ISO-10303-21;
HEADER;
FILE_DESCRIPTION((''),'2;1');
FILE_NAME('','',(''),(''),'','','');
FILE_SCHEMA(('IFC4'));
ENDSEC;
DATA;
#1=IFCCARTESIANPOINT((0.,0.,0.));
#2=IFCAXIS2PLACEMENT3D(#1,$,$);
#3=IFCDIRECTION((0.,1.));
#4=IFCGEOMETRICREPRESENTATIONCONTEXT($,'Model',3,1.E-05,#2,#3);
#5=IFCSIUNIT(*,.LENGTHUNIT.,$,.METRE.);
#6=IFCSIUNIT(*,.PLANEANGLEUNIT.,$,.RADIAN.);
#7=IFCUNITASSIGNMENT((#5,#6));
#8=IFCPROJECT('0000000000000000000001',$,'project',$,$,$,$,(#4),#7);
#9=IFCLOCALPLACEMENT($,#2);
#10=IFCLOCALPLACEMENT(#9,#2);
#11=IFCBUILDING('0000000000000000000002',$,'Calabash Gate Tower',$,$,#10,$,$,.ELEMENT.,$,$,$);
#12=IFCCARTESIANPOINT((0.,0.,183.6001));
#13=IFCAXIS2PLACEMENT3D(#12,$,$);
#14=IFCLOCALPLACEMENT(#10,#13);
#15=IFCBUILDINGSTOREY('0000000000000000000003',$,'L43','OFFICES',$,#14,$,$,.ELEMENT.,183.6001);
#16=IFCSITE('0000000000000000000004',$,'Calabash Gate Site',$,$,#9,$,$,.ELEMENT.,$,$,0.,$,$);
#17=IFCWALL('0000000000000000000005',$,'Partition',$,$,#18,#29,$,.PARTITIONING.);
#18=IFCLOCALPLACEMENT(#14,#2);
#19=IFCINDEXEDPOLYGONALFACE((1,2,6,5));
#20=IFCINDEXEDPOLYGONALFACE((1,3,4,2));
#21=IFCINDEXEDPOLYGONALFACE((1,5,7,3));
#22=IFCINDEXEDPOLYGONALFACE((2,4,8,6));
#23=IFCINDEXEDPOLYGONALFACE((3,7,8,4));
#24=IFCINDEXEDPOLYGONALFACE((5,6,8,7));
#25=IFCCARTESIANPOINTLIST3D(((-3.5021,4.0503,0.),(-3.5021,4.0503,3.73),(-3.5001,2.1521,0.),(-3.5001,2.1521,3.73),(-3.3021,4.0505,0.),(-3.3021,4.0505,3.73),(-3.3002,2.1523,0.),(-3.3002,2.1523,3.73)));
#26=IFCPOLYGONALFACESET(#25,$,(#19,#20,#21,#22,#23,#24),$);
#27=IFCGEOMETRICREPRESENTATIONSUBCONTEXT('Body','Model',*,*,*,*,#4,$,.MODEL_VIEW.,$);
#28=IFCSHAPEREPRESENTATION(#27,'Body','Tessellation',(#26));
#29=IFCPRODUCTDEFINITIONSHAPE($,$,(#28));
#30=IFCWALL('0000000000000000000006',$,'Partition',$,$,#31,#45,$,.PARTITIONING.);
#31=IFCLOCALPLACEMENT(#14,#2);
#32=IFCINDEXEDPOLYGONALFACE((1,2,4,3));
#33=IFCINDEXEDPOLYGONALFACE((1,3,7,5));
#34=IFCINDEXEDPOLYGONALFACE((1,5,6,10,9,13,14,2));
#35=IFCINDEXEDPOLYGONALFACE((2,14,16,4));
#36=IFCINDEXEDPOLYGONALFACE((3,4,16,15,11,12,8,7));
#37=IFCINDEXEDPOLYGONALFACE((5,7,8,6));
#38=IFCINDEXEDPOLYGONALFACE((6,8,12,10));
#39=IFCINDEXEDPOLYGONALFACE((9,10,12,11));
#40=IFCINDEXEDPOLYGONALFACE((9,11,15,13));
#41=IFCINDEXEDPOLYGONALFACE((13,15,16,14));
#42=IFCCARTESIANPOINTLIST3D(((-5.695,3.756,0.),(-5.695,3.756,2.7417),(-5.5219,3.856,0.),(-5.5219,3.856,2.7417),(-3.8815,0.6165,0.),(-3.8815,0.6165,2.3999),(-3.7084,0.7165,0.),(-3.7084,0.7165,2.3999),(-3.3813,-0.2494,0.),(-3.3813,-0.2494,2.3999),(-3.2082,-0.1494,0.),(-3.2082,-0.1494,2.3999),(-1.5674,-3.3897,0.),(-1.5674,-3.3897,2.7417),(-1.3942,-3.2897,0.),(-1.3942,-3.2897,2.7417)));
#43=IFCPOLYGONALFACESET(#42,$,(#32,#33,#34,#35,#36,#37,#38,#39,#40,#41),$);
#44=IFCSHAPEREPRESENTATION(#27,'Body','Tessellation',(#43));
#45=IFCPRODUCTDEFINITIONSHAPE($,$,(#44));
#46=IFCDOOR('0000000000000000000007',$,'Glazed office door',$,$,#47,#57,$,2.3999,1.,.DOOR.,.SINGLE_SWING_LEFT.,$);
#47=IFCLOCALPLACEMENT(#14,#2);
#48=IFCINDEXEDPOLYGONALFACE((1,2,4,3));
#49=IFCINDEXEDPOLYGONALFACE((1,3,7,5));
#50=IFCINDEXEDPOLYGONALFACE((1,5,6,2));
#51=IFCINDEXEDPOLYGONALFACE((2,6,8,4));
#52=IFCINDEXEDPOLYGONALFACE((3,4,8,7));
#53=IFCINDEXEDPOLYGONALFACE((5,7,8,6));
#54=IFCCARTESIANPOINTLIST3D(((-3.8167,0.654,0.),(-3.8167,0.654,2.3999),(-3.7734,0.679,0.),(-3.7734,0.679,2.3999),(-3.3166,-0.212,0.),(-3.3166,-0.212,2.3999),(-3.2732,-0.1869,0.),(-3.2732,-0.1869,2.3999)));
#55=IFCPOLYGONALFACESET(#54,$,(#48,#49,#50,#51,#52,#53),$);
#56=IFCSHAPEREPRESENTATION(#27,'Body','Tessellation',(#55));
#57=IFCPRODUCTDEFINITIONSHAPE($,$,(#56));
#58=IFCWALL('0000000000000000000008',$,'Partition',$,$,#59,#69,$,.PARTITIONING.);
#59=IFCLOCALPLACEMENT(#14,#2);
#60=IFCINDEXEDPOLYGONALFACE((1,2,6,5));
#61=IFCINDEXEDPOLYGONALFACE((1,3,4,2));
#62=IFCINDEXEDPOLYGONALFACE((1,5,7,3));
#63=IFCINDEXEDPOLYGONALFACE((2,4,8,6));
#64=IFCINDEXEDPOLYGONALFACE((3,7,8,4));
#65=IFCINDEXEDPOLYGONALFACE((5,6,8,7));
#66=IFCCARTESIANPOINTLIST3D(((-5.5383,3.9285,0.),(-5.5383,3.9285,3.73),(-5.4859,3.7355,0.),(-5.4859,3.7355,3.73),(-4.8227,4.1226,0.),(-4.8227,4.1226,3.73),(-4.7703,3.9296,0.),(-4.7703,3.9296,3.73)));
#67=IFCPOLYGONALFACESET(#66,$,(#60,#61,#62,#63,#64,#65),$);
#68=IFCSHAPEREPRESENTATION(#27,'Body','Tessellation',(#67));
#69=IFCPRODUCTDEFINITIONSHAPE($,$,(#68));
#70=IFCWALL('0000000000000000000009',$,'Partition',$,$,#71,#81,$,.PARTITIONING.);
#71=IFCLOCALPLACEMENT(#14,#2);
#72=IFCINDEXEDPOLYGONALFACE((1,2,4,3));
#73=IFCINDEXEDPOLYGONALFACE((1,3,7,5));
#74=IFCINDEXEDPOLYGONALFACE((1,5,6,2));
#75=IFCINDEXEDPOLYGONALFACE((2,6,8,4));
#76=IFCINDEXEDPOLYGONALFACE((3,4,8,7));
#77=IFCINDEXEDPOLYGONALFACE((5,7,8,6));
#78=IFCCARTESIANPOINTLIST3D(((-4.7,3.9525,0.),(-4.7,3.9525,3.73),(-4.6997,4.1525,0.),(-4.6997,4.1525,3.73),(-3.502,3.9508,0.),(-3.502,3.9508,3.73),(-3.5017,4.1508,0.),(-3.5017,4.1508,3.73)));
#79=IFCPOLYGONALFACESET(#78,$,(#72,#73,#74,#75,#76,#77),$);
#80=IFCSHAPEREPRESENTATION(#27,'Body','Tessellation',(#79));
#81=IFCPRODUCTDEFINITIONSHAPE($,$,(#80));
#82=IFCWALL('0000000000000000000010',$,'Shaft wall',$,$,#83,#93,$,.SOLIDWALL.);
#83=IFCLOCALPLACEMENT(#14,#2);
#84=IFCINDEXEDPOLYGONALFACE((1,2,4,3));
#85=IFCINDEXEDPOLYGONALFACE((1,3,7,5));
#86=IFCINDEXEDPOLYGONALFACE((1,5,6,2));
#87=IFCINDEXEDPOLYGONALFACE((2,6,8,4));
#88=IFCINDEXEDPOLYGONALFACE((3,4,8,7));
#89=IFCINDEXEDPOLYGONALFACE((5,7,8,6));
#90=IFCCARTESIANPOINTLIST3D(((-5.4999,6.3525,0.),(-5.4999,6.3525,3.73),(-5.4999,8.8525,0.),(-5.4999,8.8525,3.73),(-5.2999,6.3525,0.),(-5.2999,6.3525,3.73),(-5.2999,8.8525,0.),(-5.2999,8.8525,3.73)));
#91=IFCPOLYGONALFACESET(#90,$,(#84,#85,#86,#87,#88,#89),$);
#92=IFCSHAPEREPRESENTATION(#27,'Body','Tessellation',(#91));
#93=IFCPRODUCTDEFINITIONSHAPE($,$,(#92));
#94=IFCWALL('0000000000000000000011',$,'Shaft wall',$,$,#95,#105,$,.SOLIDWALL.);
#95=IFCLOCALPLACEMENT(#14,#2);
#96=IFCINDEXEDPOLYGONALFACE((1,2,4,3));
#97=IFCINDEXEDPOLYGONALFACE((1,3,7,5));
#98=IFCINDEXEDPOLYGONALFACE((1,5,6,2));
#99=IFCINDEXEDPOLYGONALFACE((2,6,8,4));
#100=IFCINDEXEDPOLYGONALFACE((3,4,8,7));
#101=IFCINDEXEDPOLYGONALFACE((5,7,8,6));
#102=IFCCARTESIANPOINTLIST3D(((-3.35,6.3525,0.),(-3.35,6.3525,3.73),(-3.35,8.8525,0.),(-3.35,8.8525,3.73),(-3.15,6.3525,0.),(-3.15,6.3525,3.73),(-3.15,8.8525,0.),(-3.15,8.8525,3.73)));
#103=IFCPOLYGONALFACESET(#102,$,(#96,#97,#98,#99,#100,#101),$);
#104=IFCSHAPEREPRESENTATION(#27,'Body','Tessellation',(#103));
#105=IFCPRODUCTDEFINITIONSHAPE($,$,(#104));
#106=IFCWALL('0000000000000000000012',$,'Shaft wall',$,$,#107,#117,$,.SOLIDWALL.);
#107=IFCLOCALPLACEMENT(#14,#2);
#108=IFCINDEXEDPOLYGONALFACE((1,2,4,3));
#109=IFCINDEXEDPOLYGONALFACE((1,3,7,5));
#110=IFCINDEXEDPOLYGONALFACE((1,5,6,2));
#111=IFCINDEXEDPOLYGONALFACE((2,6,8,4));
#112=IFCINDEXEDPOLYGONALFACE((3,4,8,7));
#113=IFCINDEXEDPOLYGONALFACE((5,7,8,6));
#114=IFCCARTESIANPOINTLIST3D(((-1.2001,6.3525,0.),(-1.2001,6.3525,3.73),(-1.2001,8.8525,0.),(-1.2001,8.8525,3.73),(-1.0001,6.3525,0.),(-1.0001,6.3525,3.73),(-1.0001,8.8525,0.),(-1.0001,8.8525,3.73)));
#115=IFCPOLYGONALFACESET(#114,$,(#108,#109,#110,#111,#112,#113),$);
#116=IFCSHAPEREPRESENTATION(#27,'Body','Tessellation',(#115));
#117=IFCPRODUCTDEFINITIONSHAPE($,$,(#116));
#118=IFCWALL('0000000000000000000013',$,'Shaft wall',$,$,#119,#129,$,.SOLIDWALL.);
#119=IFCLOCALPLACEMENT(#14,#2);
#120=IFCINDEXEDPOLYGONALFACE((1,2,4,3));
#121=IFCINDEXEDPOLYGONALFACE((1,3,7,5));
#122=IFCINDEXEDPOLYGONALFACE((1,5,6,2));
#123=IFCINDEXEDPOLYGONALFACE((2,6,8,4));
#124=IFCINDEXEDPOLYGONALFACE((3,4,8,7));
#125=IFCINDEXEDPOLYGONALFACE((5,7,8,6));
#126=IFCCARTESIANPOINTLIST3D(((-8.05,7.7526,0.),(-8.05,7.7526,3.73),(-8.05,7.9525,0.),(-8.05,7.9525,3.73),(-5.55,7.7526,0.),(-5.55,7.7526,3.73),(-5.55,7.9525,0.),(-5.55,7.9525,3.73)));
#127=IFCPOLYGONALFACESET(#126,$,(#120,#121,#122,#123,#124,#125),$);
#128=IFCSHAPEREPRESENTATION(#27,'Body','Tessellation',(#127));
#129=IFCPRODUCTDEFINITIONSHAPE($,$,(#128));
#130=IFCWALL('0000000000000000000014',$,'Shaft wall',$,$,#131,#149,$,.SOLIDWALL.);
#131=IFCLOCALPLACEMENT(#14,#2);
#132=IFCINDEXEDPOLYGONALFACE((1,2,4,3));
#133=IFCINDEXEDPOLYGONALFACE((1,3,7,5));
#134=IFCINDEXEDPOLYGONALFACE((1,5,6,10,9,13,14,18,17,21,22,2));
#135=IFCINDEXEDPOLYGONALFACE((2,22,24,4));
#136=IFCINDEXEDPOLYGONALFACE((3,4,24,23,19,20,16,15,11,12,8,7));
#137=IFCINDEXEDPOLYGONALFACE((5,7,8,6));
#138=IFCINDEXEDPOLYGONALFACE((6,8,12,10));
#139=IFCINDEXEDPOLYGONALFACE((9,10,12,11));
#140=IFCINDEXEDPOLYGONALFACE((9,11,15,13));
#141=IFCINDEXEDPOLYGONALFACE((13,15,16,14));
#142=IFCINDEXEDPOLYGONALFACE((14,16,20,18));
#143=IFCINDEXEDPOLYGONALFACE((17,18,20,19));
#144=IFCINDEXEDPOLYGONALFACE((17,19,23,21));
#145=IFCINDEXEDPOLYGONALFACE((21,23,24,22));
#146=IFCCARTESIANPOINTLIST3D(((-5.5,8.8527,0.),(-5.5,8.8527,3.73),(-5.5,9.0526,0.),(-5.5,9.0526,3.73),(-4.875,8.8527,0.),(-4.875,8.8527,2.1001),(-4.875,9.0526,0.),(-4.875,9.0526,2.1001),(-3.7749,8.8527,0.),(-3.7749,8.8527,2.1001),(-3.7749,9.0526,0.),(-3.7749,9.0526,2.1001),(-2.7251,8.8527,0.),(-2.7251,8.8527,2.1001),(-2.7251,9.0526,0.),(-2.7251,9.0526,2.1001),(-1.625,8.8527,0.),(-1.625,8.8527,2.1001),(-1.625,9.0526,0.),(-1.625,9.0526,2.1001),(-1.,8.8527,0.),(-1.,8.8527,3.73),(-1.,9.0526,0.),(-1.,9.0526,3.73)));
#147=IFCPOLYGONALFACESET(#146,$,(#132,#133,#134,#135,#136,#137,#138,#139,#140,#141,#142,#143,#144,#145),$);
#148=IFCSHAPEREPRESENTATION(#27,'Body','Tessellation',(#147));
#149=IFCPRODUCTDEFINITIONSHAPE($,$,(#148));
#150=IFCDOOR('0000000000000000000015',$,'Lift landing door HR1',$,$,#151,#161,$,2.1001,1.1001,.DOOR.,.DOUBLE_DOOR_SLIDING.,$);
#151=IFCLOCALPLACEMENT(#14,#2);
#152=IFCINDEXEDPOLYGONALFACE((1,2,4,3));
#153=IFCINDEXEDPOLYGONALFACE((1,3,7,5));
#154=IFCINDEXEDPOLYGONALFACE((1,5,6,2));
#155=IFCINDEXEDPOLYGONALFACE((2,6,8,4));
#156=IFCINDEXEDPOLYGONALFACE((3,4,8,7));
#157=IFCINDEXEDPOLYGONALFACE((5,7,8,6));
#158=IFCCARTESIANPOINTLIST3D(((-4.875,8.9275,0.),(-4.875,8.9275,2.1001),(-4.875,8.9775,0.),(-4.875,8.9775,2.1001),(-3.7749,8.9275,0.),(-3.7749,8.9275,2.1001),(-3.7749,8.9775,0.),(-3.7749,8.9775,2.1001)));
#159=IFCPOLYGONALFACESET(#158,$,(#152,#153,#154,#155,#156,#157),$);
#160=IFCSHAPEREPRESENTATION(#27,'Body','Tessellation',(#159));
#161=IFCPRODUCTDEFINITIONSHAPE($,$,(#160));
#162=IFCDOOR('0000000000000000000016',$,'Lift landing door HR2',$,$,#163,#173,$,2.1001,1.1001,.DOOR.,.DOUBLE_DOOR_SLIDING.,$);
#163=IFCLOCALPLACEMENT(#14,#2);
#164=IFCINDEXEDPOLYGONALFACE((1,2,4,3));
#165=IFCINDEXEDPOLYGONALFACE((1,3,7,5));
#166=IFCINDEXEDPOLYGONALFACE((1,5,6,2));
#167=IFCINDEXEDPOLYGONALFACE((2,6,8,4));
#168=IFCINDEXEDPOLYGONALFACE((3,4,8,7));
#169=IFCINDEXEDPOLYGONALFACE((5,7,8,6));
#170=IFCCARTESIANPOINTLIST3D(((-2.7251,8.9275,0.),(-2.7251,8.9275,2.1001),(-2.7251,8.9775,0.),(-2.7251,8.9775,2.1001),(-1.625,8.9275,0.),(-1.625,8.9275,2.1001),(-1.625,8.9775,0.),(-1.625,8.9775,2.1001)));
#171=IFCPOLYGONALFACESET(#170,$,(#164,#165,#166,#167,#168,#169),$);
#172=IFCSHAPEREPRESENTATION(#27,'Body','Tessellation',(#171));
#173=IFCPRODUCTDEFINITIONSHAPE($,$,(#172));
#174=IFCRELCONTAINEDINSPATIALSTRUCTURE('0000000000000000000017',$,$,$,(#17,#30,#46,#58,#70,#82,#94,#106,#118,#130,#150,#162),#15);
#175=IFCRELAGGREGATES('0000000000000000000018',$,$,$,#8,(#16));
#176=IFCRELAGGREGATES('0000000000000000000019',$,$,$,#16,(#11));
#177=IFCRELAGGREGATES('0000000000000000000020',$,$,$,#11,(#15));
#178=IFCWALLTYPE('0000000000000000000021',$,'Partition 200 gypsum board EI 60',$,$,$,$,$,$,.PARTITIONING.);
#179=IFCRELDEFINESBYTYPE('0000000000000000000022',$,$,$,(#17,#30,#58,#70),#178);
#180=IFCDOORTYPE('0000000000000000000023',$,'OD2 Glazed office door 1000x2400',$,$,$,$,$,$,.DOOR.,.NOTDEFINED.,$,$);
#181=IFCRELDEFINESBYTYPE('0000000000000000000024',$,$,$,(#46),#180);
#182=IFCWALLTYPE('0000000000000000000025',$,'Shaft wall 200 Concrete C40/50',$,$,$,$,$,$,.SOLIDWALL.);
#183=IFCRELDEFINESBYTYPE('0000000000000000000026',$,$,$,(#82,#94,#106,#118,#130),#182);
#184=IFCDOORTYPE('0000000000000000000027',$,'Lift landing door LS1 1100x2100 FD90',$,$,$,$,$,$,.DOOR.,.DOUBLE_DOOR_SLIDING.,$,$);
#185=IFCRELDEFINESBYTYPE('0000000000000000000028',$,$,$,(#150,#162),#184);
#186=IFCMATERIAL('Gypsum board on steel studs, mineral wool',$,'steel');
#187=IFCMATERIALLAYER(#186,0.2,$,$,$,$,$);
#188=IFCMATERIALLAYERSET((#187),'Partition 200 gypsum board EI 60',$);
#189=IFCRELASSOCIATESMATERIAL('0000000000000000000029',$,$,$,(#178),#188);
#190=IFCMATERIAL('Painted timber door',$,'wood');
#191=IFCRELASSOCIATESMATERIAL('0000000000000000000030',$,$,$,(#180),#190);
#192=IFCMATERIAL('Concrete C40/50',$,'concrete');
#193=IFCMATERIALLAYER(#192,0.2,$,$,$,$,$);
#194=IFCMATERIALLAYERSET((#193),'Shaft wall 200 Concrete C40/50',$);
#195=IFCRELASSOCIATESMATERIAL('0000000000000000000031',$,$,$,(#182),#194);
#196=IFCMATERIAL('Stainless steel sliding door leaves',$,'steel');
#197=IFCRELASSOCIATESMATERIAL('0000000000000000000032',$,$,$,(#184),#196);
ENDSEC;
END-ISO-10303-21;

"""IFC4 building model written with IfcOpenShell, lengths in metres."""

from ifc_helpers import new_model, si_unit, direction, frame, frame_2d, origin, place, context, subcontext, project, spatial, rectangle, extrude, material, layer, layer_set, type_object, element, fill, save


model = new_model("IFC4")

# Units and contexts
model_context = context("Model", 3, precision=1e-05, world=origin(), true_north=direction((0.0, 1.0)))
body_context = subcontext(model_context, "Body", "Model", "MODEL_VIEW")
ifc_project = project(units=[si_unit("LENGTHUNIT", "METRE"), si_unit("PLANEANGLEUNIT", "RADIAN")], contexts=[model_context])

# Site, building, storey
site_placement = place(None, origin())
site = spatial("IfcSite", under=ifc_project, at=site_placement, Name="Calabash Gate Site", CompositionType="ELEMENT", RefElevation=0.0)
building_placement = place(site_placement, origin())
building = spatial("IfcBuilding", under=site, at=building_placement, Name="Calabash Gate Tower", CompositionType="ELEMENT")
storey_placement = place(building_placement, frame((0.0, 0.0, 183.6001)))
storey = spatial("IfcBuildingStorey", under=building, at=storey_placement, Name="L43", Description="OFFICES", CompositionType="ELEMENT", Elevation=183.6001)

# Wall
ifc_material_1 = material(Name="Gypsum board on steel studs, mineral wool", Category="steel")
ifc_layer_1 = layer(ifc_material_1, 0.2)
ifc_layer_set_1 = layer_set([ifc_layer_1], Name="Partition 200 gypsum board EI 60")
wall_type_1 = type_object("IfcWallType", Name="Partition 200 gypsum board EI 60", PredefinedType="PARTITIONING", material=ifc_layer_set_1)
wall_1_placement = place(storey_placement, frame((-3.4021, 4.0505, 0.0), z_axis=(0.0, 0.0, 1.0), x_axis=(0.001029, -0.999999, 0.0)))
element("IfcWall", 1, at=wall_1_placement, inside=storey, type_object=wall_type_1, Name="Partition", PredefinedType="PARTITIONING", context=body_context, shape_type="SweptSolid", body=[
    extrude(rectangle(XDim=1.8982, YDim=0.2, at=frame_2d((0.9492, 0.0))), origin(), (0.0, 0.0, 1.0), 3.73),
])

# Wall, opening, door
wall_2_placement = place(storey_placement, frame((-5.6084, 3.8059, 0.0), z_axis=(0.0, 0.0, 1.0), x_axis=(0.500189, -0.865916, 0.0)))
wall_2 = element("IfcWall", 2, at=wall_2_placement, inside=storey, type_object=wall_type_1, Name="Partition", PredefinedType="PARTITIONING", context=body_context, shape_type="SweptSolid", body=[
    extrude(rectangle(XDim=8.2522, YDim=0.2, at=frame_2d((4.126, 0.0))), origin(), (0.0, 0.0, 1.0), 2.7417),
])
opening_1_placement = place(wall_2_placement, frame((3.6255, 0.0, 0.0)))
opening_1 = element("IfcOpeningElement", 3, at=opening_1_placement, cuts=wall_2, PredefinedType="OPENING", context=body_context, shape_type="SweptSolid", body=[
    extrude(rectangle(XDim=1.0, YDim=2.3999, at=frame_2d((0.5, 1.2))), frame((0.0, 0.1099, 0.0), z_axis=(0.0, -1.0, 0.0), x_axis=(1.0, 0.0, 0.0)), (0.0, 0.0, 1.0), 0.22),
])
ifc_material_2 = material(Name="Painted timber door", Category="wood")
door_type_1 = type_object("IfcDoorType", Name="OD2 Glazed office door 1000x2400", OperationType="NOTDEFINED", PredefinedType="DOOR", material=ifc_material_2)
door_1_placement = place(opening_1_placement, origin())
door_1 = element("IfcDoor", 4, at=door_1_placement, inside=storey, type_object=door_type_1, Name="Glazed office door", OperationType="SINGLE_SWING_LEFT", OverallHeight=2.3999, OverallWidth=1.0, PredefinedType="DOOR", context=body_context, shape_type="SweptSolid", body=[
    extrude(rectangle(XDim=1.0, YDim=2.3999, at=frame_2d((0.5, 1.2))), frame((0.0, 0.0249, 0.0), z_axis=(0.0, -1.0, 0.0), x_axis=(1.0, 0.0, 0.0)), (0.0, 0.0, 1.0), 0.05),
])
fill(opening_1, door_1)

# Walls
wall_3_placement = place(storey_placement, frame((-5.512, 3.832, 0.0), z_axis=(0.0, 0.0, 1.0), x_axis=(0.965128, 0.26178, 0.0)))
element("IfcWall", 5, at=wall_3_placement, inside=storey, type_object=wall_type_1, Name="Partition", PredefinedType="PARTITIONING", context=body_context, shape_type="SweptSolid", body=[
    extrude(rectangle(XDim=0.7415, YDim=0.2, at=frame_2d((0.3706, 0.0))), origin(), (0.0, 0.0, 1.0), 3.73),
])
wall_4_placement = place(storey_placement, frame((-4.7, 4.0525, 0.0), z_axis=(0.0, 0.0, 1.0), x_axis=(0.999999, -0.001427, 0.0)))
element("IfcWall", 6, at=wall_4_placement, inside=storey, type_object=wall_type_1, Name="Partition", PredefinedType="PARTITIONING", context=body_context, shape_type="SweptSolid", body=[
    extrude(rectangle(XDim=1.198, YDim=0.2, at=frame_2d((0.5991, 0.0))), origin(), (0.0, 0.0, 1.0), 3.73),
])
ifc_material_3 = material(Name="Concrete C40/50", Category="concrete")
ifc_layer_2 = layer(ifc_material_3, 0.2)
ifc_layer_set_2 = layer_set([ifc_layer_2], Name="Shaft wall 200 Concrete C40/50")
wall_type_2 = type_object("IfcWallType", Name="Shaft wall 200 Concrete C40/50", PredefinedType="SOLIDWALL", material=ifc_layer_set_2)
for number, where, z_axis, x_axis, name in (
    (7, (-5.3999, 6.3525, 0.0), (0.0, 0.0, 1.0), (0.0, 1.0, 0.0), "Shaft wall"),
    (8, (-3.25, 6.3525, 0.0), (0.0, 0.0, 1.0), (0.0, 1.0, 0.0), "Shaft wall"),
    (9, (-1.1001, 6.3525, 0.0), (0.0, 0.0, 1.0), (0.0, 1.0, 0.0), "Shaft wall"),
    (10, (-8.05, 7.8525, 0.0), (0.0, 0.0, 1.0), (1.0, 0.0, 0.0), "Shaft wall"),
):
    element("IfcWall", number, at=place(storey_placement, frame(where, z_axis=z_axis, x_axis=x_axis)), inside=storey, type_object=wall_type_2, Name=name, PredefinedType="SOLIDWALL", context=body_context, shape_type="SweptSolid", body=[
        extrude(rectangle(XDim=2.5, YDim=0.2, at=frame_2d((1.25, 0.0))), origin(), (0.0, 0.0, 1.0), 3.73),
    ])

# Wall, openings, doors
wall_5_placement = place(storey_placement, frame((-5.5, 8.9526, 0.0), z_axis=(0.0, 0.0, 1.0), x_axis=(1.0, 0.0, 0.0)))
wall_5 = element("IfcWall", 11, at=wall_5_placement, inside=storey, type_object=wall_type_2, Name="Shaft wall", PredefinedType="SOLIDWALL", context=body_context, shape_type="SweptSolid", body=[
    extrude(rectangle(XDim=4.5, YDim=0.2, at=frame_2d((2.25, 0.0))), origin(), (0.0, 0.0, 1.0), 3.73),
])
opening_2_placement = place(wall_5_placement, frame((0.625, 0.0, 0.0)))
opening_2 = element("IfcOpeningElement", 12, at=opening_2_placement, cuts=wall_5, PredefinedType="OPENING", context=body_context, shape_type="SweptSolid", body=[
    extrude(rectangle(XDim=1.1001, YDim=2.1001, at=frame_2d((0.55, 1.05))), frame((0.0, 0.1099, 0.0), z_axis=(0.0, -1.0, 0.0), x_axis=(1.0, 0.0, 0.0)), (0.0, 0.0, 1.0), 0.22),
])
opening_3_placement = place(wall_5_placement, frame((2.7749, 0.0, 0.0)))
opening_3 = element("IfcOpeningElement", 13, at=opening_3_placement, cuts=wall_5, PredefinedType="OPENING", context=body_context, shape_type="SweptSolid", body=[
    extrude(rectangle(XDim=1.1001, YDim=2.1001, at=frame_2d((0.55, 1.05))), frame((0.0, 0.1099, 0.0), z_axis=(0.0, -1.0, 0.0), x_axis=(1.0, 0.0, 0.0)), (0.0, 0.0, 1.0), 0.22),
])
ifc_material_4 = material(Name="Stainless steel sliding door leaves", Category="steel")
door_type_2 = type_object("IfcDoorType", Name="Lift landing door LS1 1100x2100 FD90", OperationType="DOUBLE_DOOR_SLIDING", PredefinedType="DOOR", material=ifc_material_4)
door_2_placement = place(opening_2_placement, origin())
door_2 = element("IfcDoor", 14, at=door_2_placement, inside=storey, type_object=door_type_2, Name="Lift landing door HR1", OperationType="DOUBLE_DOOR_SLIDING", OverallHeight=2.1001, OverallWidth=1.1001, PredefinedType="DOOR", context=body_context, shape_type="SweptSolid", body=[
    extrude(rectangle(XDim=1.1001, YDim=2.1001, at=frame_2d((0.55, 1.05))), frame((0.0, 0.0249, 0.0), z_axis=(0.0, -1.0, 0.0), x_axis=(1.0, 0.0, 0.0)), (0.0, 0.0, 1.0), 0.05),
])
fill(opening_2, door_2)
door_3_placement = place(opening_3_placement, origin())
door_3 = element("IfcDoor", 15, at=door_3_placement, inside=storey, type_object=door_type_2, Name="Lift landing door HR2", OperationType="DOUBLE_DOOR_SLIDING", OverallHeight=2.1001, OverallWidth=1.1001, PredefinedType="DOOR", context=body_context, shape_type="SweptSolid", body=[
    extrude(rectangle(XDim=1.1001, YDim=2.1001, at=frame_2d((0.55, 1.05))), frame((0.0, 0.0249, 0.0), z_axis=(0.0, -1.0, 0.0), x_axis=(1.0, 0.0, 0.0)), (0.0, 0.0, 1.0), 0.05),
])
fill(opening_3, door_3)

save(model, "model.ifc")
